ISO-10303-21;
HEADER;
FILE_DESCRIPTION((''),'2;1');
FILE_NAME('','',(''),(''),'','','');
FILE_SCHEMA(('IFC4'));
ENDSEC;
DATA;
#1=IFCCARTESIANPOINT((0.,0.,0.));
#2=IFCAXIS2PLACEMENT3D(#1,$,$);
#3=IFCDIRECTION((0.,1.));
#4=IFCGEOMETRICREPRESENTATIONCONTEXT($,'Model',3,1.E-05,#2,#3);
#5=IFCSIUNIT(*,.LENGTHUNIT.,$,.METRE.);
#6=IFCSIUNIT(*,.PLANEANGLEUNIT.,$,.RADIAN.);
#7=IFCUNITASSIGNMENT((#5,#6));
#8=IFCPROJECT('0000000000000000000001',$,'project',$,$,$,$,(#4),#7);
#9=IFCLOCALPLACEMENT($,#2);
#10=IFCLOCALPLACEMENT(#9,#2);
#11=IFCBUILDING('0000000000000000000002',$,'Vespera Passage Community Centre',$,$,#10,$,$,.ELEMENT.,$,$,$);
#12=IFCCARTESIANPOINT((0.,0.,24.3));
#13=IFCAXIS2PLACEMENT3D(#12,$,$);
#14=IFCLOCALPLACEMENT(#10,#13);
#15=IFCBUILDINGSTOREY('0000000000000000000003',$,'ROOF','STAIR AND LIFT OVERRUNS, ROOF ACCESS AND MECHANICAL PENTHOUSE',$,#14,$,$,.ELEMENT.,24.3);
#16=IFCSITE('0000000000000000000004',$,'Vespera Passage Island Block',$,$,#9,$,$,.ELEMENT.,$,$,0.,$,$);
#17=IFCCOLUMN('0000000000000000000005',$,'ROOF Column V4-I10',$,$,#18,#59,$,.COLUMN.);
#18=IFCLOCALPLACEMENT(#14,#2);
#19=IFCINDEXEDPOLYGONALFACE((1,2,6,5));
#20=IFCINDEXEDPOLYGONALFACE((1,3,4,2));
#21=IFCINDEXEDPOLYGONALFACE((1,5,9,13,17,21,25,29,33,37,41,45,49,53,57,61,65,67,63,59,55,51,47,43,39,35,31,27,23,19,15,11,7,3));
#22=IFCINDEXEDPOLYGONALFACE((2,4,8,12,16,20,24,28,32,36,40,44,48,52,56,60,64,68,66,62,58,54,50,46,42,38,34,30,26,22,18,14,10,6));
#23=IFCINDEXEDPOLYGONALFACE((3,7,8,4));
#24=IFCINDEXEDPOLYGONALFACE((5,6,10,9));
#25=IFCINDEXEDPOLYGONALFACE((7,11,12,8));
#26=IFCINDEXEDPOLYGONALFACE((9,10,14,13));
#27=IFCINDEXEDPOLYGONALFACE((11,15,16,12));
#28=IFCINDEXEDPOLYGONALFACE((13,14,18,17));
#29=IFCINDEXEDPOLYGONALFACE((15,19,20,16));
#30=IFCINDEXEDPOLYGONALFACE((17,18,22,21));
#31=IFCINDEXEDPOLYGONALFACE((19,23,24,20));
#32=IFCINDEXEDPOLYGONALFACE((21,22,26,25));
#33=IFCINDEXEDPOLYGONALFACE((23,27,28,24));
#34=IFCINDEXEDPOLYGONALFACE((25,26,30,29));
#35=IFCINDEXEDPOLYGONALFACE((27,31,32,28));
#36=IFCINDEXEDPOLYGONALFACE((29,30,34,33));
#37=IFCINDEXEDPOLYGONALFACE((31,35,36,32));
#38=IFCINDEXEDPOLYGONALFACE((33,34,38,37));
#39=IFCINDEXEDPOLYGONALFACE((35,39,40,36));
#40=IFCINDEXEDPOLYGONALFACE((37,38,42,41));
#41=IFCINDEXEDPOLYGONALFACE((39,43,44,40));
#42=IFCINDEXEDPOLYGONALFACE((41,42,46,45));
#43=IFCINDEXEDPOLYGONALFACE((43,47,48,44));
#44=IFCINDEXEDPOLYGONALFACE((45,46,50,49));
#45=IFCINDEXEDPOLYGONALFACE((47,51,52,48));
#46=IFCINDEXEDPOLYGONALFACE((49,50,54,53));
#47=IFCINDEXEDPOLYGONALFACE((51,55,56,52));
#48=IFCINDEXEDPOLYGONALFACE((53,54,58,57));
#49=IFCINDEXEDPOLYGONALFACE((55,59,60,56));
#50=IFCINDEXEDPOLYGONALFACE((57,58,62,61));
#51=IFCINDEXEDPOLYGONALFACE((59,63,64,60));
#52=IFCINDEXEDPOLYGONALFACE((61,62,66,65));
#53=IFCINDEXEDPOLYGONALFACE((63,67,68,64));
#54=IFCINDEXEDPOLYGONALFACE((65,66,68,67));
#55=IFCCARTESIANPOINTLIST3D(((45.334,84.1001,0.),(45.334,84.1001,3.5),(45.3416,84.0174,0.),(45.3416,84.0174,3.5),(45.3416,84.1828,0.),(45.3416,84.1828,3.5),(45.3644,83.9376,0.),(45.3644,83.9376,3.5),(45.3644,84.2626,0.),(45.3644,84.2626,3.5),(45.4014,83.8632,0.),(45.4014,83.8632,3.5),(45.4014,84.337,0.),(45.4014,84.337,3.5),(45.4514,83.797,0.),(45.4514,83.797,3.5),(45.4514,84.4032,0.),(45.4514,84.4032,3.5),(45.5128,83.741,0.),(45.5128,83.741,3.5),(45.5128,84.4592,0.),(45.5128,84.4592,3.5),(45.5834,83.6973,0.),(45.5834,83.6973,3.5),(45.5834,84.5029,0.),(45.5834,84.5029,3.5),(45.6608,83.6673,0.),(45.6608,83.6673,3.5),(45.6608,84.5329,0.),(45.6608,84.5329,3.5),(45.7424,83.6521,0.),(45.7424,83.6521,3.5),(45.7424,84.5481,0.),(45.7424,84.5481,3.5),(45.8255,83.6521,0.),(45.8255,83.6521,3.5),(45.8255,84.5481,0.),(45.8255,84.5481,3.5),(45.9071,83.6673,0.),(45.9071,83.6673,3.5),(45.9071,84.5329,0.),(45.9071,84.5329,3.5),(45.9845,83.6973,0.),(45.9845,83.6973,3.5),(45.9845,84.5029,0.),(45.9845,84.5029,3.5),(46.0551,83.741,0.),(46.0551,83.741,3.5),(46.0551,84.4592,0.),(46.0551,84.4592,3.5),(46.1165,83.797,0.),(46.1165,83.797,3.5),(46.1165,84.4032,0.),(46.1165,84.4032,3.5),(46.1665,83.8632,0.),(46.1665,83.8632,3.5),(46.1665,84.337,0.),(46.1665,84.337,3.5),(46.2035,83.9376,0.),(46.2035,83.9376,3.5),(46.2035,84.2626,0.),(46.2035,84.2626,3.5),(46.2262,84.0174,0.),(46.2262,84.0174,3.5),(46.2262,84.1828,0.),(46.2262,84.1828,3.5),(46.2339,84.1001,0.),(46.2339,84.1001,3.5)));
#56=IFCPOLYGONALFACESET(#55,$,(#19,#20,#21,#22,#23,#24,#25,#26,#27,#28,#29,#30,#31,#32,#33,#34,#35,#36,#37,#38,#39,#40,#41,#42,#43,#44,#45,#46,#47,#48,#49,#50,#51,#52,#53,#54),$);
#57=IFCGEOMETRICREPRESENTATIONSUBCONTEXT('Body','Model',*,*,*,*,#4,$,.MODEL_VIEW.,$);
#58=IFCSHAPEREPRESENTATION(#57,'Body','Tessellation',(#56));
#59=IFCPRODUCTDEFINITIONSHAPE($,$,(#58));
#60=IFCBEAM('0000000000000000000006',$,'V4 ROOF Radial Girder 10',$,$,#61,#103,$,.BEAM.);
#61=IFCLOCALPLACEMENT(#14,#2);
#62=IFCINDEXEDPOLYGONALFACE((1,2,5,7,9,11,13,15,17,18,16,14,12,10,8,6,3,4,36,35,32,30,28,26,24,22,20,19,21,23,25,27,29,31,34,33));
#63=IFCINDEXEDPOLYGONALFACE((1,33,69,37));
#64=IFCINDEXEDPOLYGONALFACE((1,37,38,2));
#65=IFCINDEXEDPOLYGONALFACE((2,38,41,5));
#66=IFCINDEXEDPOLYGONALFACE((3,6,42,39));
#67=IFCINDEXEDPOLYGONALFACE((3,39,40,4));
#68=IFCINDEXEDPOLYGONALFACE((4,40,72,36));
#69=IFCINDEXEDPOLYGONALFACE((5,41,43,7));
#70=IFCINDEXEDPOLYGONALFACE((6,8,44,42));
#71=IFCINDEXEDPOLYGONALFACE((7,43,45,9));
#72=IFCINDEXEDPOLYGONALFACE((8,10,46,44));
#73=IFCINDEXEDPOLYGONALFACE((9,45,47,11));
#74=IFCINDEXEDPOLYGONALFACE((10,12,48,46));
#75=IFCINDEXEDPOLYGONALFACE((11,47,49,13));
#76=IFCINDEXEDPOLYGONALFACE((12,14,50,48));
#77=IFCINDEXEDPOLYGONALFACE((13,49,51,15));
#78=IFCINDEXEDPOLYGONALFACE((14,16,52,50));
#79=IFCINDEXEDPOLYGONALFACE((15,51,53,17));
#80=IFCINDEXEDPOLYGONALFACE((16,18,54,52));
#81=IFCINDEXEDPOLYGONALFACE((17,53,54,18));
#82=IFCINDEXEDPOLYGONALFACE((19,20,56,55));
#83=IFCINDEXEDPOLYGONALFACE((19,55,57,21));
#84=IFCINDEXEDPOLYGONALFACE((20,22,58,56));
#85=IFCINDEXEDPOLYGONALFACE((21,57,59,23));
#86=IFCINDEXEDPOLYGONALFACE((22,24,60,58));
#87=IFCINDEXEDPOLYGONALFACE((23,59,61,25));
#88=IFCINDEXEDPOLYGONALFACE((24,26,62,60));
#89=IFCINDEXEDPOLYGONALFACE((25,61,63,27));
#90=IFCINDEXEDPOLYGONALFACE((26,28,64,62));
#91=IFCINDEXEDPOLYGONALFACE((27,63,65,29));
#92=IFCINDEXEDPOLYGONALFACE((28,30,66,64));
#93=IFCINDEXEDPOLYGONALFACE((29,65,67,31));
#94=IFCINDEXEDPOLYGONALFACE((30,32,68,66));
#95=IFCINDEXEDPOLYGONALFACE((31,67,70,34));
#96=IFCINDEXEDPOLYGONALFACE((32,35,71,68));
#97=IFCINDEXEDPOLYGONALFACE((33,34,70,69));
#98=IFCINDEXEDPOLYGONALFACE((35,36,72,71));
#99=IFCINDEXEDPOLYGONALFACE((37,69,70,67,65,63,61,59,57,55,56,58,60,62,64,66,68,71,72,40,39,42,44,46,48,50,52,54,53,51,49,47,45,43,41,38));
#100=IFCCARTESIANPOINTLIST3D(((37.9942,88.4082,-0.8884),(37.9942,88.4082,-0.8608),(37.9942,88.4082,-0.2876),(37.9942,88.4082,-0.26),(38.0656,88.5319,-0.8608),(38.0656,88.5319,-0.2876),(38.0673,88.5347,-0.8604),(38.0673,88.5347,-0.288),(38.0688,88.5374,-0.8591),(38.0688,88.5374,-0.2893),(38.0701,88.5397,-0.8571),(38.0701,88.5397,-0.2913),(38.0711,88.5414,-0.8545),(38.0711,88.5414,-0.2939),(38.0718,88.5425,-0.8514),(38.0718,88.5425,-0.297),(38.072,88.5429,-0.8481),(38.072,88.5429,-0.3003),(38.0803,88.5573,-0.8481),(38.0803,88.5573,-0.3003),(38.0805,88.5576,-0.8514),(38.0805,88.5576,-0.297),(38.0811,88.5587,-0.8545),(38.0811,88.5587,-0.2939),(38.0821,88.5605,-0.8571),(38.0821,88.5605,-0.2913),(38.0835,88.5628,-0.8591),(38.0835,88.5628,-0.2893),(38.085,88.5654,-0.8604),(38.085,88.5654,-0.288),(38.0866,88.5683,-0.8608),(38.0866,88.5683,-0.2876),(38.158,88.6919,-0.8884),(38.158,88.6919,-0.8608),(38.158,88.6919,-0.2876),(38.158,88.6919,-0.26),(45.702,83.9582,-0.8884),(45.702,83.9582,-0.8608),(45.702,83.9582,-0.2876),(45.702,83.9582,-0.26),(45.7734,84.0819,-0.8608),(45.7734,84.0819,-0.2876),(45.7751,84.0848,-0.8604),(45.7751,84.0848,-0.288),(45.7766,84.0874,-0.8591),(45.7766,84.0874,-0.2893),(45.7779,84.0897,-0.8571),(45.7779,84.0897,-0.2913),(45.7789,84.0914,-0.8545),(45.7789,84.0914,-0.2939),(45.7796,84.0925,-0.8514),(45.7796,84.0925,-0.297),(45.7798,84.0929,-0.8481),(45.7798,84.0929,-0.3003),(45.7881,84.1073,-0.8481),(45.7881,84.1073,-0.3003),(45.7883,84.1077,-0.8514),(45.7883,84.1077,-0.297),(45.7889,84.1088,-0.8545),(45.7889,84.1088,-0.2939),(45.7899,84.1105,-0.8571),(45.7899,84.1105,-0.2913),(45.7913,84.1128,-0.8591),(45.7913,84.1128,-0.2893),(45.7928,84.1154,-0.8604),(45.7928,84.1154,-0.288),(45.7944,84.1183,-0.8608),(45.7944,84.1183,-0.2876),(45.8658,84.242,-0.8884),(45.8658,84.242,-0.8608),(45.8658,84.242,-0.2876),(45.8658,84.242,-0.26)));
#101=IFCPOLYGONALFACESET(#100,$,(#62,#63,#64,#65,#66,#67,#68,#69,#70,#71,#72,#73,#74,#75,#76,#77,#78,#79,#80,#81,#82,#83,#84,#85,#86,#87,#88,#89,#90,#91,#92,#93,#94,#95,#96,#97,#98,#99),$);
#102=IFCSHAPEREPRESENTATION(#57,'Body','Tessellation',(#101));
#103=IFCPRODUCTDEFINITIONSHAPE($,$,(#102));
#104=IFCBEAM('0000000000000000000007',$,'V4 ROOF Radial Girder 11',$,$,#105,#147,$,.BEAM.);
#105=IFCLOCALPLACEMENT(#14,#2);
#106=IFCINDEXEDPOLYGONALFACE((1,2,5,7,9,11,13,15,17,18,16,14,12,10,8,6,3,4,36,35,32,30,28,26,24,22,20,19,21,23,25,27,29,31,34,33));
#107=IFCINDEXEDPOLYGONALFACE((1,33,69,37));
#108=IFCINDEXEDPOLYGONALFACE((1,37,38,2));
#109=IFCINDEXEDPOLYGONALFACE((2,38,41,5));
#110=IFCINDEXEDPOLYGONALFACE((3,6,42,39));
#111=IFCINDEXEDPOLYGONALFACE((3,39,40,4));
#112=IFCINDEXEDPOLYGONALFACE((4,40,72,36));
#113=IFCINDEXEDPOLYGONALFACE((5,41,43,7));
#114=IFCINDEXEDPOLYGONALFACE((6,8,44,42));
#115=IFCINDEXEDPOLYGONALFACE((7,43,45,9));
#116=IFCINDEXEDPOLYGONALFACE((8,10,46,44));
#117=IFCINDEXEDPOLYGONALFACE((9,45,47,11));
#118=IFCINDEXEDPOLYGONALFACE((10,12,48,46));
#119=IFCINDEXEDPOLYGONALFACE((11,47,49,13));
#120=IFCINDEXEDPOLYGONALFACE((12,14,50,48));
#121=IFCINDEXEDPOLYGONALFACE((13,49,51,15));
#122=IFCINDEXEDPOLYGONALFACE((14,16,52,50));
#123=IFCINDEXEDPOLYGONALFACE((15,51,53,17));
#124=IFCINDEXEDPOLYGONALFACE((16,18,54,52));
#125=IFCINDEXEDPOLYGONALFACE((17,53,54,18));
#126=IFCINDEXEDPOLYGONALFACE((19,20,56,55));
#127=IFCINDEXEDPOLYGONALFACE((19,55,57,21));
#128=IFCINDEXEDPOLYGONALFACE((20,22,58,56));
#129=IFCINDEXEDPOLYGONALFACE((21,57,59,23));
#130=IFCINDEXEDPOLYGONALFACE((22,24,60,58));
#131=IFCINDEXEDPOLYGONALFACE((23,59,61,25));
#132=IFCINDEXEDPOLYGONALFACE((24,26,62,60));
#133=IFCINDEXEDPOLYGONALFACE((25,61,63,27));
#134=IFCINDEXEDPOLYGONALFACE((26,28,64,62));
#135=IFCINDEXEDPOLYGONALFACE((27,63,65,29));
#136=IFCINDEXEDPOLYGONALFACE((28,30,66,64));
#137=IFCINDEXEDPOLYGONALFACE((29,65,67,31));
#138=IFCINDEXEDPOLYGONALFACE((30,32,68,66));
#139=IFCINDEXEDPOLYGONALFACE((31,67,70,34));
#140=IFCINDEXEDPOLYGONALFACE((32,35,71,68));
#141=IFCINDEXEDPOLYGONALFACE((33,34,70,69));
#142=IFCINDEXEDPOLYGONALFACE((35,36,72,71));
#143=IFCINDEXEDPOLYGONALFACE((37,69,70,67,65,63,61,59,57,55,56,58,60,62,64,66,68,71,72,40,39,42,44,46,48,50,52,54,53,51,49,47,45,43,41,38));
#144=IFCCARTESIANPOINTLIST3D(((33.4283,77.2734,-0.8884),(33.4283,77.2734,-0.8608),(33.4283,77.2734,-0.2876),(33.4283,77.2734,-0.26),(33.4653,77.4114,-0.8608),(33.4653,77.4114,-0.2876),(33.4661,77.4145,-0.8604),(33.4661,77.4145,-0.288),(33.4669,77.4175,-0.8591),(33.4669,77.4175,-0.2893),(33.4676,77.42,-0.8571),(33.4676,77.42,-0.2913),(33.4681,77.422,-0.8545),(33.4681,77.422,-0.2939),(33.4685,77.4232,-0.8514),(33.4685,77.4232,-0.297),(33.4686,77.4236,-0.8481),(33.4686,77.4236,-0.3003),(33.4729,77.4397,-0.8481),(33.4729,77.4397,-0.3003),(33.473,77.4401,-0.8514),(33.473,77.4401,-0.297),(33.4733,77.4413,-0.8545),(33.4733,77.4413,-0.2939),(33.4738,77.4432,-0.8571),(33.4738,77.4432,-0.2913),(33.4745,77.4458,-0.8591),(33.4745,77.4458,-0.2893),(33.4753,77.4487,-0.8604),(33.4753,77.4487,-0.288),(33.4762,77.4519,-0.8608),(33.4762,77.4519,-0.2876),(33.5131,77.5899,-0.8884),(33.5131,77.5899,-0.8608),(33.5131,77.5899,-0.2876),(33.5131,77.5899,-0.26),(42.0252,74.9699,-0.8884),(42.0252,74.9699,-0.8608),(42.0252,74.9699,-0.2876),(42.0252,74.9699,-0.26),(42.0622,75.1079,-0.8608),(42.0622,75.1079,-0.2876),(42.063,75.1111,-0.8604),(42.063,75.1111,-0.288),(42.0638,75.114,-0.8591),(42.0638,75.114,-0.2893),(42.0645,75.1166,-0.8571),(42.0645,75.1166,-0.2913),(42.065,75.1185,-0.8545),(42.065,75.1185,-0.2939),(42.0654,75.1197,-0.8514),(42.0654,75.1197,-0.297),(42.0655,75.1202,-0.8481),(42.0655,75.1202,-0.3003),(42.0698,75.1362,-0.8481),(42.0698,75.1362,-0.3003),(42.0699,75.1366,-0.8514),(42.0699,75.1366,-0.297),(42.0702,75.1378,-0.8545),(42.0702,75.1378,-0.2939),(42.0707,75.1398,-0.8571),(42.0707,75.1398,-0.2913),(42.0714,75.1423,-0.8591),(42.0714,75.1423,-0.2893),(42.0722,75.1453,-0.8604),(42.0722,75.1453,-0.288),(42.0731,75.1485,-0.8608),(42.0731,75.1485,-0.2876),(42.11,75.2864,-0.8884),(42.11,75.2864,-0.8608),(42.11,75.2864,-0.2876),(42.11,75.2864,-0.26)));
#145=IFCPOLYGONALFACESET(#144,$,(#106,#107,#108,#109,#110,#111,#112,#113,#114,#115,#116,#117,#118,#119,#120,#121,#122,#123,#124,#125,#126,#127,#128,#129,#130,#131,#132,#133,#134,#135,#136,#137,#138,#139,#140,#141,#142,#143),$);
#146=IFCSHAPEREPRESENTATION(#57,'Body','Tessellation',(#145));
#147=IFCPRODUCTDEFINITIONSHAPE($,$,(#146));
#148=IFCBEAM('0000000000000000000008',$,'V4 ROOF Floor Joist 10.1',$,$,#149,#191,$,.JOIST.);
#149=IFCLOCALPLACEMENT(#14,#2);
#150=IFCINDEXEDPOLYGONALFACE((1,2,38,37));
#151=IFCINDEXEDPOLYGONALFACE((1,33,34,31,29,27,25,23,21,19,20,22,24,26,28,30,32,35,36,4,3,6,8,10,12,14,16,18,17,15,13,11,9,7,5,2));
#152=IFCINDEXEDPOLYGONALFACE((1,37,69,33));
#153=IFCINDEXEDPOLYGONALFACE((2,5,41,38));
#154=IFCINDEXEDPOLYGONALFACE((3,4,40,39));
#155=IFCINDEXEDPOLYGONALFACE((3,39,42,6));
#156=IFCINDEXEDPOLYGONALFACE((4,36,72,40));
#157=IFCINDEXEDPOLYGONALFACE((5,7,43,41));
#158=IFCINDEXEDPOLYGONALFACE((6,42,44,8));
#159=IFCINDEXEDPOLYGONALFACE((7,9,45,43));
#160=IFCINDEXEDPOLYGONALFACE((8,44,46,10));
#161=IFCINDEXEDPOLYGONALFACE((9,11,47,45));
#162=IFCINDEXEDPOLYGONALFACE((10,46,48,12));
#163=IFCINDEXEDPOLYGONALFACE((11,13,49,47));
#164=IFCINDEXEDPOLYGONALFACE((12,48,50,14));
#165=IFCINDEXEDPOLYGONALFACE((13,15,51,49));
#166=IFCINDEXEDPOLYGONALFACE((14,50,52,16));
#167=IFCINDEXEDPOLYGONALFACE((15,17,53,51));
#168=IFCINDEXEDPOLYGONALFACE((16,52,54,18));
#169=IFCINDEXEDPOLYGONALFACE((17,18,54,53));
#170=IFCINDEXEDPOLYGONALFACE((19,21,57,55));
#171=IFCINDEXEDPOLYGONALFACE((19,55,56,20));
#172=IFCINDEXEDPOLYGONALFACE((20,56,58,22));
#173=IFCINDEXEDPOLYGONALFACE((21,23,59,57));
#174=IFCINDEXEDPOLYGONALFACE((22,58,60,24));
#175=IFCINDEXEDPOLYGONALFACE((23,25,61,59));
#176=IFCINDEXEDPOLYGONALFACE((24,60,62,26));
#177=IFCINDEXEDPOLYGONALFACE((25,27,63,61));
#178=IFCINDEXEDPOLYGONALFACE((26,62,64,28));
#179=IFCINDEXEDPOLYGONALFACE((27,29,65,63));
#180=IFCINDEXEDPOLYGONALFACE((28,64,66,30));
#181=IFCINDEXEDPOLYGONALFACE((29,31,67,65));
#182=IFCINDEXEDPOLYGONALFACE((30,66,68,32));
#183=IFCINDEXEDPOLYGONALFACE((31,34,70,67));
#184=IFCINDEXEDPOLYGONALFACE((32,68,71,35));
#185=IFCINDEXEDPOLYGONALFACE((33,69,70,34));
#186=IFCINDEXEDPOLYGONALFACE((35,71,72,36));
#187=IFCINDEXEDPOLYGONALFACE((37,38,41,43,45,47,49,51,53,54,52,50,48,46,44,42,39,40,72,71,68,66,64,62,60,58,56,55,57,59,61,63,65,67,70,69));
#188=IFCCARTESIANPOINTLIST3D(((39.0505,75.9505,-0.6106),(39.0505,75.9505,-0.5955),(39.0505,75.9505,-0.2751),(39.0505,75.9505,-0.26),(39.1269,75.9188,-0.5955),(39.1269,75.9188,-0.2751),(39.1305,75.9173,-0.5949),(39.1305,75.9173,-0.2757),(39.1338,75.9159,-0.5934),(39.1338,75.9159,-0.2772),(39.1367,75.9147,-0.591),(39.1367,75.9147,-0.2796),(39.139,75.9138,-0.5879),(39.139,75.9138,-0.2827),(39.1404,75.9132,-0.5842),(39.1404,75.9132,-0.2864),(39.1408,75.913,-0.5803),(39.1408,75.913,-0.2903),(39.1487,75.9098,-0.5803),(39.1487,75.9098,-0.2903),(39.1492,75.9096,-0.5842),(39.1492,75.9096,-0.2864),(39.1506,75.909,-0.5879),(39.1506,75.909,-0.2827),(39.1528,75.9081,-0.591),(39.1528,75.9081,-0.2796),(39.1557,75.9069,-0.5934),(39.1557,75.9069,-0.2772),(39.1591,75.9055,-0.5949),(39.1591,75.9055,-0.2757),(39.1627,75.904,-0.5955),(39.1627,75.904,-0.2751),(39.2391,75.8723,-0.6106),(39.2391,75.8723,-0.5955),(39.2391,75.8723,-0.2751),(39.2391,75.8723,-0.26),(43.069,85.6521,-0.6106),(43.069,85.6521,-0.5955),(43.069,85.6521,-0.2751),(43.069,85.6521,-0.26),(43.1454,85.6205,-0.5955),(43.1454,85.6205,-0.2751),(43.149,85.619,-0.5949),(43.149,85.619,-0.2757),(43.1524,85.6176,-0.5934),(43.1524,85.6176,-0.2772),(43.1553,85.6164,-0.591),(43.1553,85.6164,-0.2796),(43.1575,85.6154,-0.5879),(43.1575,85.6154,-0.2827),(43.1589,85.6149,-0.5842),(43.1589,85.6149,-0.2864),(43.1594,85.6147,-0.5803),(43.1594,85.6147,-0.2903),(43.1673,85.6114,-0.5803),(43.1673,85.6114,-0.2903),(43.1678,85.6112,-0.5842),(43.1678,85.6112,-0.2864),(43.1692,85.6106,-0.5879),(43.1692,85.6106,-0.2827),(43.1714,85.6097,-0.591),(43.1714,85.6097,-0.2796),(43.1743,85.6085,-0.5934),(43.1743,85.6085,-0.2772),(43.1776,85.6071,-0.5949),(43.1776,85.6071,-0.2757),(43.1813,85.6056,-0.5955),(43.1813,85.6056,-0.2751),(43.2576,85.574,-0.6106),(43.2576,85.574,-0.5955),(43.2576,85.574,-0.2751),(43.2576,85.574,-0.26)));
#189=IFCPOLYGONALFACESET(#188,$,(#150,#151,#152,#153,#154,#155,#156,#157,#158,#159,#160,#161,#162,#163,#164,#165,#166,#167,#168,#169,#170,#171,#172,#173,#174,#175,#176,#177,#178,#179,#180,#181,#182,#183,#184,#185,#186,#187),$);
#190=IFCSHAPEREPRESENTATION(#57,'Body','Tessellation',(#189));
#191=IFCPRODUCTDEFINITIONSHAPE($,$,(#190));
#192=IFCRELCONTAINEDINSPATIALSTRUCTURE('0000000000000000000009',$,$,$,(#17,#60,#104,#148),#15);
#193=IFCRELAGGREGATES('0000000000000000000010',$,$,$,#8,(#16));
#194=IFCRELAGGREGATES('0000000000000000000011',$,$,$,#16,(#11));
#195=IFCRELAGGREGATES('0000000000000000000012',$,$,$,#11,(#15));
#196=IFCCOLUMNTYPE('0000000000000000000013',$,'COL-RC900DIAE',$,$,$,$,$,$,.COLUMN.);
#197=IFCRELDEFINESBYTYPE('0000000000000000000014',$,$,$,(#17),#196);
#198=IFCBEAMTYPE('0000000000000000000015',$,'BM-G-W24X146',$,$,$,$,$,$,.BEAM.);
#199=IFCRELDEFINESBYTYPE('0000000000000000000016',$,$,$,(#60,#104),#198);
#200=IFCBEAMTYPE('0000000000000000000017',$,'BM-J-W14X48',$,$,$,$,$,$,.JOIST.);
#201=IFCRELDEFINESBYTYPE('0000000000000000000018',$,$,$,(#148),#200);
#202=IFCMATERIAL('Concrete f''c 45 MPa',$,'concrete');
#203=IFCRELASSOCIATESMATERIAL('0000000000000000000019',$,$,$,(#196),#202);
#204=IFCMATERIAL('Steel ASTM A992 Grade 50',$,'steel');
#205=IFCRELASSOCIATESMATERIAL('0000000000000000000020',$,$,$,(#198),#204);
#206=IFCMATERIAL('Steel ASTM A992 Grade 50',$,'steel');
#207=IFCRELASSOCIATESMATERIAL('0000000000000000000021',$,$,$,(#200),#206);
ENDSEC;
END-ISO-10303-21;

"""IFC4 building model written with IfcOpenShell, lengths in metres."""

from ifc_helpers import new_model, si_unit, direction, frame, origin, origin_2d, place, context, subcontext, project, spatial, circle, i_section, extrude, material, material_profile, profile_set, type_object, element, save


model = new_model("IFC4")

# Units and contexts
model_context = context("Model", 3, precision=1e-05, world=origin(), true_north=direction((0.0, 1.0)))
body_context = subcontext(model_context, "Body", "Model", "MODEL_VIEW")
ifc_project = project(units=[si_unit("LENGTHUNIT", "METRE"), si_unit("PLANEANGLEUNIT", "RADIAN")], contexts=[model_context])

# Site, building, storey
site_placement = place(None, origin())
site = spatial("IfcSite", under=ifc_project, at=site_placement, Name="Vespera Passage Island Block", CompositionType="ELEMENT", RefElevation=0.0)
building_placement = place(site_placement, origin())
building = spatial("IfcBuilding", under=site, at=building_placement, Name="Vespera Passage Community Centre", CompositionType="ELEMENT")
storey_placement = place(building_placement, frame((0.0, 0.0, 24.3)))
storey = spatial("IfcBuildingStorey", under=building, at=storey_placement, Name="ROOF", Description="STAIR AND LIFT OVERRUNS, ROOF ACCESS AND MECHANICAL PENTHOUSE", CompositionType="ELEMENT", Elevation=24.3)

# Column
ifc_material_1 = material(Name="Concrete f'c 45 MPa", Category="concrete")
ifc_material_profile_1 = material_profile(ifc_material_1, circle(Radius=0.45, at=origin_2d()), Name="RC900DIA")
ifc_profile_set_1 = profile_set([ifc_material_profile_1], Name="Concrete f'c 45 MPa")
column_type = type_object("IfcColumnType", Name="COL-RC900DIAE", PredefinedType="COLUMN", material=ifc_profile_set_1)
column_placement = place(storey_placement, frame((45.7839, 84.1001, 0.0), z_axis=(0.0, 0.0, 1.0), x_axis=(1.0, 0.0, 0.0)))
element("IfcColumn", 1, at=column_placement, inside=storey, type_object=column_type, Name="ROOF Column V4-I10", PredefinedType="COLUMN", context=body_context, shape_type="SweptSolid", body=[
    extrude(circle(Radius=0.45, at=origin_2d()), origin(), (0.0, 0.0, 1.0), 3.5),
])

# Beams
ifc_material_2 = material(Name="Steel ASTM A992 Grade 50", Category="steel")
ifc_material_profile_2 = material_profile(ifc_material_2, i_section(OverallWidth=0.3276, OverallDepth=0.6284, WebThickness=0.0166, FlangeThickness=0.0276, FilletRadius=0.0127, at=origin_2d()), Name="W24X146")
ifc_profile_set_2 = profile_set([ifc_material_profile_2], Name="Steel ASTM A992 Grade 50")
beam_type_1 = type_object("IfcBeamType", Name="BM-G-W24X146", PredefinedType="BEAM", material=ifc_profile_set_2)
for number, where, z_axis, x_axis, name in (
    (2, (45.7839, 84.1001, -0.5742), (-0.866032, 0.499989, 0.0), (-0.499989, -0.866032, 0.0), "V4 ROOF Radial Girder 10"),
    (3, (42.0676, 75.1282, -0.5742), (-0.965928, 0.258811, 0.0), (-0.258811, -0.965928, 0.0), "V4 ROOF Radial Girder 11"),
):
    element("IfcBeam", number, at=place(storey_placement, frame(where, z_axis=z_axis, x_axis=x_axis)), inside=storey, type_object=beam_type_1, Name=name, PredefinedType="BEAM", context=body_context, shape_type="SweptSolid", body=[
        extrude(i_section(OverallWidth=0.3276, OverallDepth=0.6284, WebThickness=0.0166, FlangeThickness=0.0276, FilletRadius=0.0127, at=origin_2d()), origin(), (0.0, 0.0, 1.0), 8.9001),
    ])
ifc_material_3 = material(Name="Steel ASTM A992 Grade 50", Category="steel")
ifc_material_profile_3 = material_profile(ifc_material_3, i_section(OverallWidth=0.2041, OverallDepth=0.3506, WebThickness=0.0085, FlangeThickness=0.0151, FilletRadius=0.0151, at=origin_2d()), Name="W14X48")
ifc_profile_set_3 = profile_set([ifc_material_profile_3], Name="Steel ASTM A992 Grade 50")
beam_type_2 = type_object("IfcBeamType", Name="BM-J-W14X48", PredefinedType="JOIST", material=ifc_profile_set_3)
beam_1_placement = place(storey_placement, frame((43.1633, 85.613, -0.4353), z_axis=(-0.382683, -0.92388, 0.0), x_axis=(0.92388, -0.382683, 0.0)))
element("IfcBeam", 4, at=beam_1_placement, inside=storey, type_object=beam_type_2, Name="V4 ROOF Floor Joist 10.1", PredefinedType="JOIST", context=body_context, shape_type="SweptSolid", body=[
    extrude(i_section(OverallWidth=0.2041, OverallDepth=0.3506, WebThickness=0.0085, FlangeThickness=0.0151, FilletRadius=0.0151, at=origin_2d()), origin(), (0.0, 0.0, 1.0), 10.501),
])

save(model, "model.ifc")
